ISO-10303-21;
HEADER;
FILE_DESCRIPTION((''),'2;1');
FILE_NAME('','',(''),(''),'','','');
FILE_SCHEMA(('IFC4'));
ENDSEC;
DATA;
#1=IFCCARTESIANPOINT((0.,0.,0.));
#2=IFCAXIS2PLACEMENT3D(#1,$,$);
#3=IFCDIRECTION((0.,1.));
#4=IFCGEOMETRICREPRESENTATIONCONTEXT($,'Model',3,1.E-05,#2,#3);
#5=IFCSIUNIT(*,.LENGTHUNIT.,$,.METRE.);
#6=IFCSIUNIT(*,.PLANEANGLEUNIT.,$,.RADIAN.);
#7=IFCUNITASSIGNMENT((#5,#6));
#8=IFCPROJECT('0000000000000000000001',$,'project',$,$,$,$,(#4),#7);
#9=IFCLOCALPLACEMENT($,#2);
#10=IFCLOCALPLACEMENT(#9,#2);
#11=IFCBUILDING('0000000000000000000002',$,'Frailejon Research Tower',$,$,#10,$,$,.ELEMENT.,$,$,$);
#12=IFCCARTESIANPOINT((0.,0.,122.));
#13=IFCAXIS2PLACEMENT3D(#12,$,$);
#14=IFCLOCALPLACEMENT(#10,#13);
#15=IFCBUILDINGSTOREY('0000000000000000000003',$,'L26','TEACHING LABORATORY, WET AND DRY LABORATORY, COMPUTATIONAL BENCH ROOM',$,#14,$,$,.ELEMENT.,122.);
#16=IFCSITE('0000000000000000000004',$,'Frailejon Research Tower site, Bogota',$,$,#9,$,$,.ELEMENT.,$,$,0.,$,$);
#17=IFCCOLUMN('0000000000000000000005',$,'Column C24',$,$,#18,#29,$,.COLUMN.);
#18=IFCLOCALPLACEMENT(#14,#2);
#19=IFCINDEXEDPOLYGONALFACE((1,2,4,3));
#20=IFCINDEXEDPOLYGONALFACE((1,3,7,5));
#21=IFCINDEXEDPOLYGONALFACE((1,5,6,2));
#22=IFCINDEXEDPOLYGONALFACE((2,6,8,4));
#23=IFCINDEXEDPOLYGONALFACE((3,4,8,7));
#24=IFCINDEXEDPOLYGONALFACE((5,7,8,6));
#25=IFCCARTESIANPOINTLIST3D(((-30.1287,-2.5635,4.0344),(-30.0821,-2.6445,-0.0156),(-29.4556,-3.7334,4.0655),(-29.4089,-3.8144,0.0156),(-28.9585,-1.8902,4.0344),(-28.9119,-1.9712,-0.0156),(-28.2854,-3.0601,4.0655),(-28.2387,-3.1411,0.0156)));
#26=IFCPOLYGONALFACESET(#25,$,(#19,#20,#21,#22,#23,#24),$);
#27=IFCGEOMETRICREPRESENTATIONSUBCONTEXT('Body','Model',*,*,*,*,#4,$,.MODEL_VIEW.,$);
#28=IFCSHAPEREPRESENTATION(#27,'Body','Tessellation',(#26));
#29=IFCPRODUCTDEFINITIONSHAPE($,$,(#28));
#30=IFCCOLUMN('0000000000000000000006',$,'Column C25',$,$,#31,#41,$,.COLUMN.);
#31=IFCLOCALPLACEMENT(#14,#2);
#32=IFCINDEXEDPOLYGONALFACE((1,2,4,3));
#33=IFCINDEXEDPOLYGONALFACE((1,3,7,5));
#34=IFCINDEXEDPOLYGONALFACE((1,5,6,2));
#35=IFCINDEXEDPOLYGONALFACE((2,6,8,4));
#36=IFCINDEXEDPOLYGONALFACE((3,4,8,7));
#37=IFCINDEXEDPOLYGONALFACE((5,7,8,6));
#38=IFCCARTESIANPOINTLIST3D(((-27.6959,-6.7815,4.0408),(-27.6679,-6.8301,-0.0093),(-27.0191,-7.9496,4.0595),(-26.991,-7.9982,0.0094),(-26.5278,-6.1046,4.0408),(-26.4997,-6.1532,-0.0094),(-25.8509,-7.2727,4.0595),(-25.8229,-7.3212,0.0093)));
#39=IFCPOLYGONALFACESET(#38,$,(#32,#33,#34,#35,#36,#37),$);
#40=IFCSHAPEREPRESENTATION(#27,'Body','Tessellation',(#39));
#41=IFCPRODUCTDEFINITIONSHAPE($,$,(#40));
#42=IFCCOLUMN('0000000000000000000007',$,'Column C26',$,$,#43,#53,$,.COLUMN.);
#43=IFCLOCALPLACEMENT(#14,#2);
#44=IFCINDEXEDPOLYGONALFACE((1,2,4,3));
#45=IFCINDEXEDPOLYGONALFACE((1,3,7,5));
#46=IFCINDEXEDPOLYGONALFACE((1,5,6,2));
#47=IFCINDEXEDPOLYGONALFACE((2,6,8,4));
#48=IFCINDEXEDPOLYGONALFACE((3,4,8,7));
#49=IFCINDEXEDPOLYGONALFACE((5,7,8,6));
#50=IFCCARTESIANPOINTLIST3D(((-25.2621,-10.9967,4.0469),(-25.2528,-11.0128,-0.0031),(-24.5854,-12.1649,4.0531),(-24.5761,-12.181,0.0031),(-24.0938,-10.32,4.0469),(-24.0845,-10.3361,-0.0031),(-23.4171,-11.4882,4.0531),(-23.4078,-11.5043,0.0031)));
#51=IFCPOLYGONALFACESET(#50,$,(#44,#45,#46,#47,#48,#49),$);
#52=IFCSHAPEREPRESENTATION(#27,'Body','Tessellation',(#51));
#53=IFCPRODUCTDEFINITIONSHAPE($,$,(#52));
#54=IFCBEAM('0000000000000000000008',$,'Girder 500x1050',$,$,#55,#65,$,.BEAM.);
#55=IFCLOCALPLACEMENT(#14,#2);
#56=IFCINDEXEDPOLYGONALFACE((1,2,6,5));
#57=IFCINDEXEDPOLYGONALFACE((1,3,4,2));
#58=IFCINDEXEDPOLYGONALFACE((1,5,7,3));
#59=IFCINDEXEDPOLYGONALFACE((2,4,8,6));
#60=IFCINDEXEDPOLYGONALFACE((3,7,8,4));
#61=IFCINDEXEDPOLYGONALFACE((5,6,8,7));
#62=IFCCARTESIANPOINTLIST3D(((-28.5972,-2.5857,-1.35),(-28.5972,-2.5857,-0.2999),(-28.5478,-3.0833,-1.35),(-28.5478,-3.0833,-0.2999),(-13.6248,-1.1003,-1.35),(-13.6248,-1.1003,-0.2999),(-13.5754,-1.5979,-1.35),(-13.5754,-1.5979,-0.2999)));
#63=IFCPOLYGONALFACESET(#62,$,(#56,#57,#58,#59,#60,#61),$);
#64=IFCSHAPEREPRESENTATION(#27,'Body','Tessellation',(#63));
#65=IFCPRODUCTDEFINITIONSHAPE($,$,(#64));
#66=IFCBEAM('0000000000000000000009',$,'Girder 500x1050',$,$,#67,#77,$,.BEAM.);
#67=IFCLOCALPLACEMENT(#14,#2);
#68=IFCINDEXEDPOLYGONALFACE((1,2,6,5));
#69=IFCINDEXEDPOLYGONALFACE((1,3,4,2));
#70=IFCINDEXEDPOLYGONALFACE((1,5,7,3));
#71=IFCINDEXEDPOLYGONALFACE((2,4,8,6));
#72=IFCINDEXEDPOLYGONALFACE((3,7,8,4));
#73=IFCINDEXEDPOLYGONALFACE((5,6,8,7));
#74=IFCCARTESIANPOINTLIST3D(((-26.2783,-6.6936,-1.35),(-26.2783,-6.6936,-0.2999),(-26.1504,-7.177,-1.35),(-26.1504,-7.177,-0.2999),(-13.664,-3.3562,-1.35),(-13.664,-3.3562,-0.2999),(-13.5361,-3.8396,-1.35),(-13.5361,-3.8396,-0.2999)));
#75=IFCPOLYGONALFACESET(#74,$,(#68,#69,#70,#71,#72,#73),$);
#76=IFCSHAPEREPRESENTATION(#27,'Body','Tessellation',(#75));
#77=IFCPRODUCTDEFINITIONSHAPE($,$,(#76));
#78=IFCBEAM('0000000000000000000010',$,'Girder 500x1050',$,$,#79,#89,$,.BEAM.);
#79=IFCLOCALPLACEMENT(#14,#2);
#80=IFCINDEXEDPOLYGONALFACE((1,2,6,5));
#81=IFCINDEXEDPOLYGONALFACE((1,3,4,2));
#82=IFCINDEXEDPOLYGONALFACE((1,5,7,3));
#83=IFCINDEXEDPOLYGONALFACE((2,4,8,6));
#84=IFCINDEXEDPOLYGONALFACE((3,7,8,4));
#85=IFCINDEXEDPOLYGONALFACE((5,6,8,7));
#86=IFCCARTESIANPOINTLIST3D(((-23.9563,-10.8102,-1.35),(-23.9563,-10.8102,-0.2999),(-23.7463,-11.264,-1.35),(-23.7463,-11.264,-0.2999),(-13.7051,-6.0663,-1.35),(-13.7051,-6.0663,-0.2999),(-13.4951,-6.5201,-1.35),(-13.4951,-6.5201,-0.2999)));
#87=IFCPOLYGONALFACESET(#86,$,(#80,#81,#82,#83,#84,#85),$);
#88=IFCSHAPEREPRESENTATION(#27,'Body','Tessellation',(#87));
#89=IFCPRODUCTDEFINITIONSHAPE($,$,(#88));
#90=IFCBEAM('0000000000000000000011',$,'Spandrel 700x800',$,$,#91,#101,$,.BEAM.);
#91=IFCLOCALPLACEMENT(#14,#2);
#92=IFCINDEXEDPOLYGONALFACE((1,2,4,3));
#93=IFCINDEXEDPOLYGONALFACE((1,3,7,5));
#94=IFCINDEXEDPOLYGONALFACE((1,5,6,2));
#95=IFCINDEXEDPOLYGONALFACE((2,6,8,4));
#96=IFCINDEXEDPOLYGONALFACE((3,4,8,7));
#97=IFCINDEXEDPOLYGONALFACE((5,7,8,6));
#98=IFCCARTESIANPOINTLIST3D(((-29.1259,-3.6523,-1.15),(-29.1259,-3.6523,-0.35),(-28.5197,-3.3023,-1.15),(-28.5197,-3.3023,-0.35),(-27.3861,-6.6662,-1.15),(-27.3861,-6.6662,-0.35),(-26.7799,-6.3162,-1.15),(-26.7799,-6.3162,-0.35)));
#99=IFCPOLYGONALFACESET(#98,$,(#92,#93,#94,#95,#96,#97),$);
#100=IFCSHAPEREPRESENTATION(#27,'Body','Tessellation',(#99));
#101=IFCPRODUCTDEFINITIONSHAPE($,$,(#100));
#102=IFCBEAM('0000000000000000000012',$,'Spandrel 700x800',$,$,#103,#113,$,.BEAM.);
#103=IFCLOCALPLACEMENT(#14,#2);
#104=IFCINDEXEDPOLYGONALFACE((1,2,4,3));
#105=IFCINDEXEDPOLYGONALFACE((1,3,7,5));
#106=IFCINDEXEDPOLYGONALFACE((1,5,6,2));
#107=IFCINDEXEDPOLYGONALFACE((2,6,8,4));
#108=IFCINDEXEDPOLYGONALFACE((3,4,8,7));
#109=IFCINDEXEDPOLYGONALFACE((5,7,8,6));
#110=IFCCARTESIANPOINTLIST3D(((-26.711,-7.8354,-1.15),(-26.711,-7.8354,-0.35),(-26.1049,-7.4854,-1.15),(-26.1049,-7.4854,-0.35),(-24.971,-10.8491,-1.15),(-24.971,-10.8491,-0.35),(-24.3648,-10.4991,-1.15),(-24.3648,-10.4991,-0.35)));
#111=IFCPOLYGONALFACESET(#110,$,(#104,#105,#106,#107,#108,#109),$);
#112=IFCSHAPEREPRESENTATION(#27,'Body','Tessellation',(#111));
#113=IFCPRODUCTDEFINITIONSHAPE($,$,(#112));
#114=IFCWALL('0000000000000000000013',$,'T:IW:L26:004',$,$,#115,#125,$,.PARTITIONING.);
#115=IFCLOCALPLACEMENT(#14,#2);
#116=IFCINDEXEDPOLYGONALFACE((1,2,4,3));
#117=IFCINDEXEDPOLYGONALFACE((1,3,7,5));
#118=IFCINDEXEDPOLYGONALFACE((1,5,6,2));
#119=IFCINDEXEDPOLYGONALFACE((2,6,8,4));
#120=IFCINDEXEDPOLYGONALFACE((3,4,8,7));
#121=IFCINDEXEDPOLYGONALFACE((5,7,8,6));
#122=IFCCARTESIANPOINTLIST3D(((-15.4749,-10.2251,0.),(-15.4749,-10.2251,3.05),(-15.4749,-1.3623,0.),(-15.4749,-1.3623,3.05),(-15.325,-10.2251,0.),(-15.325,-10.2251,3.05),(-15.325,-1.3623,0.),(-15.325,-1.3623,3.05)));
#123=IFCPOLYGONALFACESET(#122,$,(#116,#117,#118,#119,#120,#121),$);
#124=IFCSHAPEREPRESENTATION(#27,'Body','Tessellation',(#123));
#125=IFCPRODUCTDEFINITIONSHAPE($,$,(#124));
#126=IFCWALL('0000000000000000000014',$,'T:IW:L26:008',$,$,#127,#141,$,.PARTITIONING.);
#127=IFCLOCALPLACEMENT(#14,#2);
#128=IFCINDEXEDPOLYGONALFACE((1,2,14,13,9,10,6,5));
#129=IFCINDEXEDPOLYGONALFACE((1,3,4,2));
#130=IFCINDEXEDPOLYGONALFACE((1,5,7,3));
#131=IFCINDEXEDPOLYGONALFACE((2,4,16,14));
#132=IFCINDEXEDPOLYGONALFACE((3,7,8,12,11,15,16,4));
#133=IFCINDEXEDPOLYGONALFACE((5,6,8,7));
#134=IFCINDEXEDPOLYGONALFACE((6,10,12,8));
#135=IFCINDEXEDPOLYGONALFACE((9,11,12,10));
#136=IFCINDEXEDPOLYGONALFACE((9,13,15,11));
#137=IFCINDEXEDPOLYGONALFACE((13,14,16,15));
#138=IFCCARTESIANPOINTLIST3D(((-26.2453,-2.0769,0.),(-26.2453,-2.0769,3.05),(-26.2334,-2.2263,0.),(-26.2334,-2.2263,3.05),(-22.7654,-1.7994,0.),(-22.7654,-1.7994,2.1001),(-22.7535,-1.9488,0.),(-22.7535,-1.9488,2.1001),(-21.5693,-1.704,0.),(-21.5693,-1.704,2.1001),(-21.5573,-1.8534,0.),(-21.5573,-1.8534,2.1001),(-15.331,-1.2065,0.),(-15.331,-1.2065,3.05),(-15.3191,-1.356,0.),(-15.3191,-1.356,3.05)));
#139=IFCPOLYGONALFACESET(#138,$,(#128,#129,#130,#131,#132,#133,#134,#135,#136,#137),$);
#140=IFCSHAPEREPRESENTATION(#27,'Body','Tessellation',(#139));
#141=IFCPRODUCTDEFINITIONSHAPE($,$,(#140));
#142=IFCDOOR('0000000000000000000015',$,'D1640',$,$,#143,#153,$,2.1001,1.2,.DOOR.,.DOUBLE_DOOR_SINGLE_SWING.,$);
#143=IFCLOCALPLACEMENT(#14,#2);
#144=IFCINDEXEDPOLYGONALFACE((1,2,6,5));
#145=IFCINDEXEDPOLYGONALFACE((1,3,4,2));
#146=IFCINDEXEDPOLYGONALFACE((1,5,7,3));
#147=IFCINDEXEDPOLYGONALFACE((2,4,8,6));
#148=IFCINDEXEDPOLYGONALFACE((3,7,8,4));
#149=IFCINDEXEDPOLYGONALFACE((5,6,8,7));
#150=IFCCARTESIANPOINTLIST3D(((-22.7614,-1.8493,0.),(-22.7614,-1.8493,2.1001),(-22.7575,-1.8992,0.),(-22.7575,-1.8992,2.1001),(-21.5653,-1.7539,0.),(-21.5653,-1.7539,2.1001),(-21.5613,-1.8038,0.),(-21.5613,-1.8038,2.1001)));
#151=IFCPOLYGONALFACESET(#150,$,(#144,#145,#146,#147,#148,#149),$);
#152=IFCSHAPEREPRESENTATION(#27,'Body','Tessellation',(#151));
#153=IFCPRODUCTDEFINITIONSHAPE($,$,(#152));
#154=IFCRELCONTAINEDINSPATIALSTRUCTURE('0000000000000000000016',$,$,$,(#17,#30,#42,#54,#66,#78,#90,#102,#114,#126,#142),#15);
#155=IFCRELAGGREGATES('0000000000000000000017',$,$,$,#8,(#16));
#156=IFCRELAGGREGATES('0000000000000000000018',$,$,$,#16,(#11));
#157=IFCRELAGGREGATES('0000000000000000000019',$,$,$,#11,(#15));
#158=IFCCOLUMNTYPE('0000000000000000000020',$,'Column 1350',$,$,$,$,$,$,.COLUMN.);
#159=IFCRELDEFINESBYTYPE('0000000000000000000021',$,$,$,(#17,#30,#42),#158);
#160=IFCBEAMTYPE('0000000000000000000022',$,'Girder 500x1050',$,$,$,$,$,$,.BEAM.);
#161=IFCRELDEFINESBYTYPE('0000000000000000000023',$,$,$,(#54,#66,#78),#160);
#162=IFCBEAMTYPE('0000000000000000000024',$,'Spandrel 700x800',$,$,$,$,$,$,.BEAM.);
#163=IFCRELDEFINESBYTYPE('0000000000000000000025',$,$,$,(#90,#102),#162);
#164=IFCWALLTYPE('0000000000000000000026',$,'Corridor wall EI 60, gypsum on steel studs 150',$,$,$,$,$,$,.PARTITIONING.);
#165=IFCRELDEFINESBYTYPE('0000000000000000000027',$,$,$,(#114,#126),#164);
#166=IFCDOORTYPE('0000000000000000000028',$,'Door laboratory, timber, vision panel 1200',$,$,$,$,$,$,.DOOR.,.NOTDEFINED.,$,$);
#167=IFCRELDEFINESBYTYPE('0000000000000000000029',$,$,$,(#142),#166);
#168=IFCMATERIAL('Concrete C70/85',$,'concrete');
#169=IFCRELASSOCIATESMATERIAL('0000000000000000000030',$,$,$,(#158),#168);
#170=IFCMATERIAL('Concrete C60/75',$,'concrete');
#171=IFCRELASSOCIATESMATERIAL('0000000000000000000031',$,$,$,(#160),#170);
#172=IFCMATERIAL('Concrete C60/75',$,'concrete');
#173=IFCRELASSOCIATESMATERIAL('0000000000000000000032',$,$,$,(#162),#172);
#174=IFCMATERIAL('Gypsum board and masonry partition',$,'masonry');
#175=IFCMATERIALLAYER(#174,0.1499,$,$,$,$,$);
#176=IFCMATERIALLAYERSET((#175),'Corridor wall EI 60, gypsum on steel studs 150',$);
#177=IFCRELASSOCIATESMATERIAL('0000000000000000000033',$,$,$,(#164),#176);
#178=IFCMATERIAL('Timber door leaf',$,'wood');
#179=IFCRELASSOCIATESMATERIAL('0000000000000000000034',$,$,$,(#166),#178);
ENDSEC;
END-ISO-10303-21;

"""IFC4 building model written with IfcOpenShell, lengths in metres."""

from ifc_helpers import new_model, si_unit, direction, frame, frame_2d, origin, origin_2d, place, context, subcontext, project, spatial, rectangle, extrude, material, layer, layer_set, material_profile, profile_set, type_object, element, fill, save


model = new_model("IFC4")

# Units and contexts
model_context = context("Model", 3, precision=1e-05, world=origin(), true_north=direction((0.0, 1.0)))
body_context = subcontext(model_context, "Body", "Model", "MODEL_VIEW")
ifc_project = project(units=[si_unit("LENGTHUNIT", "METRE"), si_unit("PLANEANGLEUNIT", "RADIAN")], contexts=[model_context])

# Site, building, storey
site_placement = place(None, origin())
site = spatial("IfcSite", under=ifc_project, at=site_placement, Name="Frailejon Research Tower site, Bogota", CompositionType="ELEMENT", RefElevation=0.0)
building_placement = place(site_placement, origin())
building = spatial("IfcBuilding", under=site, at=building_placement, Name="Frailejon Research Tower", CompositionType="ELEMENT")
storey_placement = place(building_placement, frame((0.0, 0.0, 122.0)))
storey = spatial("IfcBuildingStorey", under=building, at=storey_placement, Name="L26", Description="TEACHING LABORATORY, WET AND DRY LABORATORY, COMPUTATIONAL BENCH ROOM", CompositionType="ELEMENT", Elevation=122.0)

# Columns
ifc_material_1 = material(Name="Concrete C70/85", Category="concrete")
ifc_material_profile_1 = material_profile(ifc_material_1, rectangle(XDim=1.3501, YDim=1.3501, at=origin_2d()), Name="Column 1350")
ifc_profile_set_1 = profile_set([ifc_material_profile_1], Name="Concrete C70/85")
column_type = type_object("IfcColumnType", Name="Column 1350", PredefinedType="COLUMN", material=ifc_profile_set_1)
column_1_placement = place(storey_placement, frame((-29.1604, -2.8928, 0.0), z_axis=(-0.011511, 0.020008, 0.999734), x_axis=(0.498584, -0.866534, 0.023083)))
element("IfcColumn", 1, at=column_1_placement, inside=storey, type_object=column_type, Name="Column C24", PredefinedType="COLUMN", context=body_context, shape_type="SweptSolid", body=[
    extrude(rectangle(XDim=1.3501, YDim=1.3501, at=origin_2d()), origin(), (0.0, 0.0, 1.0), 4.051),
])
column_2_placement = place(storey_placement, frame((-26.7454, -7.0757, 0.0), z_axis=(-0.006932, 0.011995, 0.999904), x_axis=(0.501337, -0.865141, 0.013854)))
element("IfcColumn", 2, at=column_2_placement, inside=storey, type_object=column_type, Name="Column C25", PredefinedType="COLUMN", context=body_context, shape_type="SweptSolid", body=[
    extrude(rectangle(XDim=1.3501, YDim=1.3501, at=origin_2d()), origin(), (0.0, 0.0, 1.0), 4.0505),
])
column_3_placement = place(storey_placement, frame((-24.3303, -11.2585, 0.0), z_axis=(-0.002291, 0.003978, 0.999989), x_axis=(0.501228, -0.865303, 0.004591)))
element("IfcColumn", 3, at=column_3_placement, inside=storey, type_object=column_type, Name="Column C26", PredefinedType="COLUMN", context=body_context, shape_type="SweptSolid", body=[
    extrude(rectangle(XDim=1.3501, YDim=1.3501, at=origin_2d()), origin(), (0.0, 0.0, 1.0), 4.05),
])

# Beams
ifc_material_2 = material(Name="Concrete C60/75", Category="concrete")
ifc_material_profile_2 = material_profile(ifc_material_2, rectangle(XDim=0.5, YDim=1.05, at=origin_2d()), Name="Girder 500x1050")
ifc_profile_set_2 = profile_set([ifc_material_profile_2], Name="Concrete C60/75")
beam_type_1 = type_object("IfcBeamType", Name="Girder 500x1050", PredefinedType="BEAM", material=ifc_profile_set_2)
beam_1_placement = place(storey_placement, frame((-28.5725, -2.8345, -0.825), z_axis=(0.995115, 0.098721, 0.0), x_axis=(-0.098721, 0.995115, 0.0)))
element("IfcBeam", 4, at=beam_1_placement, inside=storey, type_object=beam_type_1, Name="Girder 500x1050", PredefinedType="BEAM", context=body_context, shape_type="SweptSolid", body=[
    extrude(rectangle(XDim=0.5, YDim=1.05, at=origin_2d()), origin(), (0.0, 0.0, 1.0), 15.0459),
])
beam_2_placement = place(storey_placement, frame((-26.2144, -6.9353, -0.825), z_axis=(0.966737, 0.255773, 0.0), x_axis=(-0.255773, 0.966737, 0.0)))
element("IfcBeam", 5, at=beam_2_placement, inside=storey, type_object=beam_type_1, Name="Girder 500x1050", PredefinedType="BEAM", context=body_context, shape_type="SweptSolid", body=[
    extrude(rectangle(XDim=0.5, YDim=1.05, at=origin_2d()), origin(), (0.0, 0.0, 1.0), 13.0483),
])
beam_3_placement = place(storey_placement, frame((-23.8513, -11.0371, -0.825), z_axis=(0.907536, 0.419975, 0.0), x_axis=(-0.419975, 0.907536, 0.0)))
element("IfcBeam", 6, at=beam_3_placement, inside=storey, type_object=beam_type_1, Name="Girder 500x1050", PredefinedType="BEAM", context=body_context, shape_type="SweptSolid", body=[
    extrude(rectangle(XDim=0.5, YDim=1.05, at=origin_2d()), origin(), (0.0, 0.0, 1.0), 11.2957),
])
ifc_material_3 = material(Name="Concrete C60/75", Category="concrete")
ifc_material_profile_3 = material_profile(ifc_material_3, rectangle(XDim=0.7, YDim=0.8, at=origin_2d()), Name="Spandrel 700x800")
ifc_profile_set_3 = profile_set([ifc_material_profile_3], Name="Concrete C60/75")
beam_type_2 = type_object("IfcBeamType", Name="Spandrel 700x800", PredefinedType="BEAM", material=ifc_profile_set_3)
for number, where, z_axis, x_axis, name in (
    (7, (-28.8228, -3.4773, -0.75), (0.499927, -0.866068, 0.0), (0.866068, 0.499927, 0.0), "Spandrel 700x800"),
    (8, (-26.408, -7.6604, -0.75), (0.50001, -0.86602, 0.0), (0.86602, 0.50001, 0.0), "Spandrel 700x800"),
):
    element("IfcBeam", number, at=place(storey_placement, frame(where, z_axis=z_axis, x_axis=x_axis)), inside=storey, type_object=beam_type_2, Name=name, PredefinedType="BEAM", context=body_context, shape_type="SweptSolid", body=[
        extrude(rectangle(XDim=0.7, YDim=0.8, at=origin_2d()), origin(), (0.0, 0.0, 1.0), 3.48),
    ])

# Wall
ifc_material_4 = material(Name="Gypsum board and masonry partition", Category="masonry")
ifc_layer_1 = layer(ifc_material_4, 0.1499)
ifc_layer_set_1 = layer_set([ifc_layer_1], Name="Corridor wall EI 60, gypsum on steel studs 150")
wall_type_1 = type_object("IfcWallType", Name="Corridor wall EI 60, gypsum on steel studs 150", PredefinedType="PARTITIONING", material=ifc_layer_set_1)
wall_1_placement = place(storey_placement, frame((-15.3999, -10.2251, 0.0), z_axis=(0.0, 0.0, 1.0), x_axis=(0.0, 1.0, 0.0)))
element("IfcWall", 9, at=wall_1_placement, inside=storey, type_object=wall_type_1, Name="T:IW:L26:004", PredefinedType="PARTITIONING", context=body_context, shape_type="SweptSolid", body=[
    extrude(rectangle(XDim=8.8628, YDim=0.1499, at=frame_2d((4.4314, 0.0))), origin(), (0.0, 0.0, 1.0), 3.05),
])

# Wall, opening, door
wall_2_placement = place(storey_placement, frame((-26.2395, -2.1516, 0.0), z_axis=(0.0, 0.0, 1.0), x_axis=(0.996835, 0.079493, 0.0)))
wall_2 = element("IfcWall", 10, at=wall_2_placement, inside=storey, type_object=wall_type_1, Name="T:IW:L26:008", PredefinedType="PARTITIONING", context=body_context, shape_type="SweptSolid", body=[
    extrude(rectangle(XDim=10.949, YDim=0.1499, at=frame_2d((5.4746, 0.0))), origin(), (0.0, 0.0, 1.0), 3.05),
])
opening_1_placement = place(wall_2_placement, frame((3.491, 0.0, 0.0)))
opening_1 = element("IfcOpeningElement", 11, at=opening_1_placement, cuts=wall_2, PredefinedType="OPENING", context=body_context, shape_type="SweptSolid", body=[
    extrude(rectangle(XDim=1.2, YDim=2.1001, at=frame_2d((0.6001, 1.05))), frame((0.0, 0.085, 0.0), z_axis=(0.0, -1.0, 0.0), x_axis=(1.0, 0.0, 0.0)), (0.0, 0.0, 1.0), 0.1699),
])
ifc_material_5 = material(Name="Timber door leaf", Category="wood")
door_type_1 = type_object("IfcDoorType", Name="Door laboratory, timber, vision panel 1200", OperationType="NOTDEFINED", PredefinedType="DOOR", material=ifc_material_5)
door_1_placement = place(opening_1_placement, origin())
door_1 = element("IfcDoor", 12, at=door_1_placement, inside=storey, type_object=door_type_1, Name="D1640", OperationType="DOUBLE_DOOR_SINGLE_SWING", OverallHeight=2.1001, OverallWidth=1.2, PredefinedType="DOOR", context=body_context, shape_type="SweptSolid", body=[
    extrude(rectangle(XDim=1.2, YDim=2.1001, at=frame_2d((0.6001, 1.05))), frame((0.0, 0.0249, 0.0), z_axis=(0.0, -1.0, 0.0), x_axis=(1.0, 0.0, 0.0)), (0.0, 0.0, 1.0), 0.05),
])
fill(opening_1, door_1)

save(model, "model.ifc")
